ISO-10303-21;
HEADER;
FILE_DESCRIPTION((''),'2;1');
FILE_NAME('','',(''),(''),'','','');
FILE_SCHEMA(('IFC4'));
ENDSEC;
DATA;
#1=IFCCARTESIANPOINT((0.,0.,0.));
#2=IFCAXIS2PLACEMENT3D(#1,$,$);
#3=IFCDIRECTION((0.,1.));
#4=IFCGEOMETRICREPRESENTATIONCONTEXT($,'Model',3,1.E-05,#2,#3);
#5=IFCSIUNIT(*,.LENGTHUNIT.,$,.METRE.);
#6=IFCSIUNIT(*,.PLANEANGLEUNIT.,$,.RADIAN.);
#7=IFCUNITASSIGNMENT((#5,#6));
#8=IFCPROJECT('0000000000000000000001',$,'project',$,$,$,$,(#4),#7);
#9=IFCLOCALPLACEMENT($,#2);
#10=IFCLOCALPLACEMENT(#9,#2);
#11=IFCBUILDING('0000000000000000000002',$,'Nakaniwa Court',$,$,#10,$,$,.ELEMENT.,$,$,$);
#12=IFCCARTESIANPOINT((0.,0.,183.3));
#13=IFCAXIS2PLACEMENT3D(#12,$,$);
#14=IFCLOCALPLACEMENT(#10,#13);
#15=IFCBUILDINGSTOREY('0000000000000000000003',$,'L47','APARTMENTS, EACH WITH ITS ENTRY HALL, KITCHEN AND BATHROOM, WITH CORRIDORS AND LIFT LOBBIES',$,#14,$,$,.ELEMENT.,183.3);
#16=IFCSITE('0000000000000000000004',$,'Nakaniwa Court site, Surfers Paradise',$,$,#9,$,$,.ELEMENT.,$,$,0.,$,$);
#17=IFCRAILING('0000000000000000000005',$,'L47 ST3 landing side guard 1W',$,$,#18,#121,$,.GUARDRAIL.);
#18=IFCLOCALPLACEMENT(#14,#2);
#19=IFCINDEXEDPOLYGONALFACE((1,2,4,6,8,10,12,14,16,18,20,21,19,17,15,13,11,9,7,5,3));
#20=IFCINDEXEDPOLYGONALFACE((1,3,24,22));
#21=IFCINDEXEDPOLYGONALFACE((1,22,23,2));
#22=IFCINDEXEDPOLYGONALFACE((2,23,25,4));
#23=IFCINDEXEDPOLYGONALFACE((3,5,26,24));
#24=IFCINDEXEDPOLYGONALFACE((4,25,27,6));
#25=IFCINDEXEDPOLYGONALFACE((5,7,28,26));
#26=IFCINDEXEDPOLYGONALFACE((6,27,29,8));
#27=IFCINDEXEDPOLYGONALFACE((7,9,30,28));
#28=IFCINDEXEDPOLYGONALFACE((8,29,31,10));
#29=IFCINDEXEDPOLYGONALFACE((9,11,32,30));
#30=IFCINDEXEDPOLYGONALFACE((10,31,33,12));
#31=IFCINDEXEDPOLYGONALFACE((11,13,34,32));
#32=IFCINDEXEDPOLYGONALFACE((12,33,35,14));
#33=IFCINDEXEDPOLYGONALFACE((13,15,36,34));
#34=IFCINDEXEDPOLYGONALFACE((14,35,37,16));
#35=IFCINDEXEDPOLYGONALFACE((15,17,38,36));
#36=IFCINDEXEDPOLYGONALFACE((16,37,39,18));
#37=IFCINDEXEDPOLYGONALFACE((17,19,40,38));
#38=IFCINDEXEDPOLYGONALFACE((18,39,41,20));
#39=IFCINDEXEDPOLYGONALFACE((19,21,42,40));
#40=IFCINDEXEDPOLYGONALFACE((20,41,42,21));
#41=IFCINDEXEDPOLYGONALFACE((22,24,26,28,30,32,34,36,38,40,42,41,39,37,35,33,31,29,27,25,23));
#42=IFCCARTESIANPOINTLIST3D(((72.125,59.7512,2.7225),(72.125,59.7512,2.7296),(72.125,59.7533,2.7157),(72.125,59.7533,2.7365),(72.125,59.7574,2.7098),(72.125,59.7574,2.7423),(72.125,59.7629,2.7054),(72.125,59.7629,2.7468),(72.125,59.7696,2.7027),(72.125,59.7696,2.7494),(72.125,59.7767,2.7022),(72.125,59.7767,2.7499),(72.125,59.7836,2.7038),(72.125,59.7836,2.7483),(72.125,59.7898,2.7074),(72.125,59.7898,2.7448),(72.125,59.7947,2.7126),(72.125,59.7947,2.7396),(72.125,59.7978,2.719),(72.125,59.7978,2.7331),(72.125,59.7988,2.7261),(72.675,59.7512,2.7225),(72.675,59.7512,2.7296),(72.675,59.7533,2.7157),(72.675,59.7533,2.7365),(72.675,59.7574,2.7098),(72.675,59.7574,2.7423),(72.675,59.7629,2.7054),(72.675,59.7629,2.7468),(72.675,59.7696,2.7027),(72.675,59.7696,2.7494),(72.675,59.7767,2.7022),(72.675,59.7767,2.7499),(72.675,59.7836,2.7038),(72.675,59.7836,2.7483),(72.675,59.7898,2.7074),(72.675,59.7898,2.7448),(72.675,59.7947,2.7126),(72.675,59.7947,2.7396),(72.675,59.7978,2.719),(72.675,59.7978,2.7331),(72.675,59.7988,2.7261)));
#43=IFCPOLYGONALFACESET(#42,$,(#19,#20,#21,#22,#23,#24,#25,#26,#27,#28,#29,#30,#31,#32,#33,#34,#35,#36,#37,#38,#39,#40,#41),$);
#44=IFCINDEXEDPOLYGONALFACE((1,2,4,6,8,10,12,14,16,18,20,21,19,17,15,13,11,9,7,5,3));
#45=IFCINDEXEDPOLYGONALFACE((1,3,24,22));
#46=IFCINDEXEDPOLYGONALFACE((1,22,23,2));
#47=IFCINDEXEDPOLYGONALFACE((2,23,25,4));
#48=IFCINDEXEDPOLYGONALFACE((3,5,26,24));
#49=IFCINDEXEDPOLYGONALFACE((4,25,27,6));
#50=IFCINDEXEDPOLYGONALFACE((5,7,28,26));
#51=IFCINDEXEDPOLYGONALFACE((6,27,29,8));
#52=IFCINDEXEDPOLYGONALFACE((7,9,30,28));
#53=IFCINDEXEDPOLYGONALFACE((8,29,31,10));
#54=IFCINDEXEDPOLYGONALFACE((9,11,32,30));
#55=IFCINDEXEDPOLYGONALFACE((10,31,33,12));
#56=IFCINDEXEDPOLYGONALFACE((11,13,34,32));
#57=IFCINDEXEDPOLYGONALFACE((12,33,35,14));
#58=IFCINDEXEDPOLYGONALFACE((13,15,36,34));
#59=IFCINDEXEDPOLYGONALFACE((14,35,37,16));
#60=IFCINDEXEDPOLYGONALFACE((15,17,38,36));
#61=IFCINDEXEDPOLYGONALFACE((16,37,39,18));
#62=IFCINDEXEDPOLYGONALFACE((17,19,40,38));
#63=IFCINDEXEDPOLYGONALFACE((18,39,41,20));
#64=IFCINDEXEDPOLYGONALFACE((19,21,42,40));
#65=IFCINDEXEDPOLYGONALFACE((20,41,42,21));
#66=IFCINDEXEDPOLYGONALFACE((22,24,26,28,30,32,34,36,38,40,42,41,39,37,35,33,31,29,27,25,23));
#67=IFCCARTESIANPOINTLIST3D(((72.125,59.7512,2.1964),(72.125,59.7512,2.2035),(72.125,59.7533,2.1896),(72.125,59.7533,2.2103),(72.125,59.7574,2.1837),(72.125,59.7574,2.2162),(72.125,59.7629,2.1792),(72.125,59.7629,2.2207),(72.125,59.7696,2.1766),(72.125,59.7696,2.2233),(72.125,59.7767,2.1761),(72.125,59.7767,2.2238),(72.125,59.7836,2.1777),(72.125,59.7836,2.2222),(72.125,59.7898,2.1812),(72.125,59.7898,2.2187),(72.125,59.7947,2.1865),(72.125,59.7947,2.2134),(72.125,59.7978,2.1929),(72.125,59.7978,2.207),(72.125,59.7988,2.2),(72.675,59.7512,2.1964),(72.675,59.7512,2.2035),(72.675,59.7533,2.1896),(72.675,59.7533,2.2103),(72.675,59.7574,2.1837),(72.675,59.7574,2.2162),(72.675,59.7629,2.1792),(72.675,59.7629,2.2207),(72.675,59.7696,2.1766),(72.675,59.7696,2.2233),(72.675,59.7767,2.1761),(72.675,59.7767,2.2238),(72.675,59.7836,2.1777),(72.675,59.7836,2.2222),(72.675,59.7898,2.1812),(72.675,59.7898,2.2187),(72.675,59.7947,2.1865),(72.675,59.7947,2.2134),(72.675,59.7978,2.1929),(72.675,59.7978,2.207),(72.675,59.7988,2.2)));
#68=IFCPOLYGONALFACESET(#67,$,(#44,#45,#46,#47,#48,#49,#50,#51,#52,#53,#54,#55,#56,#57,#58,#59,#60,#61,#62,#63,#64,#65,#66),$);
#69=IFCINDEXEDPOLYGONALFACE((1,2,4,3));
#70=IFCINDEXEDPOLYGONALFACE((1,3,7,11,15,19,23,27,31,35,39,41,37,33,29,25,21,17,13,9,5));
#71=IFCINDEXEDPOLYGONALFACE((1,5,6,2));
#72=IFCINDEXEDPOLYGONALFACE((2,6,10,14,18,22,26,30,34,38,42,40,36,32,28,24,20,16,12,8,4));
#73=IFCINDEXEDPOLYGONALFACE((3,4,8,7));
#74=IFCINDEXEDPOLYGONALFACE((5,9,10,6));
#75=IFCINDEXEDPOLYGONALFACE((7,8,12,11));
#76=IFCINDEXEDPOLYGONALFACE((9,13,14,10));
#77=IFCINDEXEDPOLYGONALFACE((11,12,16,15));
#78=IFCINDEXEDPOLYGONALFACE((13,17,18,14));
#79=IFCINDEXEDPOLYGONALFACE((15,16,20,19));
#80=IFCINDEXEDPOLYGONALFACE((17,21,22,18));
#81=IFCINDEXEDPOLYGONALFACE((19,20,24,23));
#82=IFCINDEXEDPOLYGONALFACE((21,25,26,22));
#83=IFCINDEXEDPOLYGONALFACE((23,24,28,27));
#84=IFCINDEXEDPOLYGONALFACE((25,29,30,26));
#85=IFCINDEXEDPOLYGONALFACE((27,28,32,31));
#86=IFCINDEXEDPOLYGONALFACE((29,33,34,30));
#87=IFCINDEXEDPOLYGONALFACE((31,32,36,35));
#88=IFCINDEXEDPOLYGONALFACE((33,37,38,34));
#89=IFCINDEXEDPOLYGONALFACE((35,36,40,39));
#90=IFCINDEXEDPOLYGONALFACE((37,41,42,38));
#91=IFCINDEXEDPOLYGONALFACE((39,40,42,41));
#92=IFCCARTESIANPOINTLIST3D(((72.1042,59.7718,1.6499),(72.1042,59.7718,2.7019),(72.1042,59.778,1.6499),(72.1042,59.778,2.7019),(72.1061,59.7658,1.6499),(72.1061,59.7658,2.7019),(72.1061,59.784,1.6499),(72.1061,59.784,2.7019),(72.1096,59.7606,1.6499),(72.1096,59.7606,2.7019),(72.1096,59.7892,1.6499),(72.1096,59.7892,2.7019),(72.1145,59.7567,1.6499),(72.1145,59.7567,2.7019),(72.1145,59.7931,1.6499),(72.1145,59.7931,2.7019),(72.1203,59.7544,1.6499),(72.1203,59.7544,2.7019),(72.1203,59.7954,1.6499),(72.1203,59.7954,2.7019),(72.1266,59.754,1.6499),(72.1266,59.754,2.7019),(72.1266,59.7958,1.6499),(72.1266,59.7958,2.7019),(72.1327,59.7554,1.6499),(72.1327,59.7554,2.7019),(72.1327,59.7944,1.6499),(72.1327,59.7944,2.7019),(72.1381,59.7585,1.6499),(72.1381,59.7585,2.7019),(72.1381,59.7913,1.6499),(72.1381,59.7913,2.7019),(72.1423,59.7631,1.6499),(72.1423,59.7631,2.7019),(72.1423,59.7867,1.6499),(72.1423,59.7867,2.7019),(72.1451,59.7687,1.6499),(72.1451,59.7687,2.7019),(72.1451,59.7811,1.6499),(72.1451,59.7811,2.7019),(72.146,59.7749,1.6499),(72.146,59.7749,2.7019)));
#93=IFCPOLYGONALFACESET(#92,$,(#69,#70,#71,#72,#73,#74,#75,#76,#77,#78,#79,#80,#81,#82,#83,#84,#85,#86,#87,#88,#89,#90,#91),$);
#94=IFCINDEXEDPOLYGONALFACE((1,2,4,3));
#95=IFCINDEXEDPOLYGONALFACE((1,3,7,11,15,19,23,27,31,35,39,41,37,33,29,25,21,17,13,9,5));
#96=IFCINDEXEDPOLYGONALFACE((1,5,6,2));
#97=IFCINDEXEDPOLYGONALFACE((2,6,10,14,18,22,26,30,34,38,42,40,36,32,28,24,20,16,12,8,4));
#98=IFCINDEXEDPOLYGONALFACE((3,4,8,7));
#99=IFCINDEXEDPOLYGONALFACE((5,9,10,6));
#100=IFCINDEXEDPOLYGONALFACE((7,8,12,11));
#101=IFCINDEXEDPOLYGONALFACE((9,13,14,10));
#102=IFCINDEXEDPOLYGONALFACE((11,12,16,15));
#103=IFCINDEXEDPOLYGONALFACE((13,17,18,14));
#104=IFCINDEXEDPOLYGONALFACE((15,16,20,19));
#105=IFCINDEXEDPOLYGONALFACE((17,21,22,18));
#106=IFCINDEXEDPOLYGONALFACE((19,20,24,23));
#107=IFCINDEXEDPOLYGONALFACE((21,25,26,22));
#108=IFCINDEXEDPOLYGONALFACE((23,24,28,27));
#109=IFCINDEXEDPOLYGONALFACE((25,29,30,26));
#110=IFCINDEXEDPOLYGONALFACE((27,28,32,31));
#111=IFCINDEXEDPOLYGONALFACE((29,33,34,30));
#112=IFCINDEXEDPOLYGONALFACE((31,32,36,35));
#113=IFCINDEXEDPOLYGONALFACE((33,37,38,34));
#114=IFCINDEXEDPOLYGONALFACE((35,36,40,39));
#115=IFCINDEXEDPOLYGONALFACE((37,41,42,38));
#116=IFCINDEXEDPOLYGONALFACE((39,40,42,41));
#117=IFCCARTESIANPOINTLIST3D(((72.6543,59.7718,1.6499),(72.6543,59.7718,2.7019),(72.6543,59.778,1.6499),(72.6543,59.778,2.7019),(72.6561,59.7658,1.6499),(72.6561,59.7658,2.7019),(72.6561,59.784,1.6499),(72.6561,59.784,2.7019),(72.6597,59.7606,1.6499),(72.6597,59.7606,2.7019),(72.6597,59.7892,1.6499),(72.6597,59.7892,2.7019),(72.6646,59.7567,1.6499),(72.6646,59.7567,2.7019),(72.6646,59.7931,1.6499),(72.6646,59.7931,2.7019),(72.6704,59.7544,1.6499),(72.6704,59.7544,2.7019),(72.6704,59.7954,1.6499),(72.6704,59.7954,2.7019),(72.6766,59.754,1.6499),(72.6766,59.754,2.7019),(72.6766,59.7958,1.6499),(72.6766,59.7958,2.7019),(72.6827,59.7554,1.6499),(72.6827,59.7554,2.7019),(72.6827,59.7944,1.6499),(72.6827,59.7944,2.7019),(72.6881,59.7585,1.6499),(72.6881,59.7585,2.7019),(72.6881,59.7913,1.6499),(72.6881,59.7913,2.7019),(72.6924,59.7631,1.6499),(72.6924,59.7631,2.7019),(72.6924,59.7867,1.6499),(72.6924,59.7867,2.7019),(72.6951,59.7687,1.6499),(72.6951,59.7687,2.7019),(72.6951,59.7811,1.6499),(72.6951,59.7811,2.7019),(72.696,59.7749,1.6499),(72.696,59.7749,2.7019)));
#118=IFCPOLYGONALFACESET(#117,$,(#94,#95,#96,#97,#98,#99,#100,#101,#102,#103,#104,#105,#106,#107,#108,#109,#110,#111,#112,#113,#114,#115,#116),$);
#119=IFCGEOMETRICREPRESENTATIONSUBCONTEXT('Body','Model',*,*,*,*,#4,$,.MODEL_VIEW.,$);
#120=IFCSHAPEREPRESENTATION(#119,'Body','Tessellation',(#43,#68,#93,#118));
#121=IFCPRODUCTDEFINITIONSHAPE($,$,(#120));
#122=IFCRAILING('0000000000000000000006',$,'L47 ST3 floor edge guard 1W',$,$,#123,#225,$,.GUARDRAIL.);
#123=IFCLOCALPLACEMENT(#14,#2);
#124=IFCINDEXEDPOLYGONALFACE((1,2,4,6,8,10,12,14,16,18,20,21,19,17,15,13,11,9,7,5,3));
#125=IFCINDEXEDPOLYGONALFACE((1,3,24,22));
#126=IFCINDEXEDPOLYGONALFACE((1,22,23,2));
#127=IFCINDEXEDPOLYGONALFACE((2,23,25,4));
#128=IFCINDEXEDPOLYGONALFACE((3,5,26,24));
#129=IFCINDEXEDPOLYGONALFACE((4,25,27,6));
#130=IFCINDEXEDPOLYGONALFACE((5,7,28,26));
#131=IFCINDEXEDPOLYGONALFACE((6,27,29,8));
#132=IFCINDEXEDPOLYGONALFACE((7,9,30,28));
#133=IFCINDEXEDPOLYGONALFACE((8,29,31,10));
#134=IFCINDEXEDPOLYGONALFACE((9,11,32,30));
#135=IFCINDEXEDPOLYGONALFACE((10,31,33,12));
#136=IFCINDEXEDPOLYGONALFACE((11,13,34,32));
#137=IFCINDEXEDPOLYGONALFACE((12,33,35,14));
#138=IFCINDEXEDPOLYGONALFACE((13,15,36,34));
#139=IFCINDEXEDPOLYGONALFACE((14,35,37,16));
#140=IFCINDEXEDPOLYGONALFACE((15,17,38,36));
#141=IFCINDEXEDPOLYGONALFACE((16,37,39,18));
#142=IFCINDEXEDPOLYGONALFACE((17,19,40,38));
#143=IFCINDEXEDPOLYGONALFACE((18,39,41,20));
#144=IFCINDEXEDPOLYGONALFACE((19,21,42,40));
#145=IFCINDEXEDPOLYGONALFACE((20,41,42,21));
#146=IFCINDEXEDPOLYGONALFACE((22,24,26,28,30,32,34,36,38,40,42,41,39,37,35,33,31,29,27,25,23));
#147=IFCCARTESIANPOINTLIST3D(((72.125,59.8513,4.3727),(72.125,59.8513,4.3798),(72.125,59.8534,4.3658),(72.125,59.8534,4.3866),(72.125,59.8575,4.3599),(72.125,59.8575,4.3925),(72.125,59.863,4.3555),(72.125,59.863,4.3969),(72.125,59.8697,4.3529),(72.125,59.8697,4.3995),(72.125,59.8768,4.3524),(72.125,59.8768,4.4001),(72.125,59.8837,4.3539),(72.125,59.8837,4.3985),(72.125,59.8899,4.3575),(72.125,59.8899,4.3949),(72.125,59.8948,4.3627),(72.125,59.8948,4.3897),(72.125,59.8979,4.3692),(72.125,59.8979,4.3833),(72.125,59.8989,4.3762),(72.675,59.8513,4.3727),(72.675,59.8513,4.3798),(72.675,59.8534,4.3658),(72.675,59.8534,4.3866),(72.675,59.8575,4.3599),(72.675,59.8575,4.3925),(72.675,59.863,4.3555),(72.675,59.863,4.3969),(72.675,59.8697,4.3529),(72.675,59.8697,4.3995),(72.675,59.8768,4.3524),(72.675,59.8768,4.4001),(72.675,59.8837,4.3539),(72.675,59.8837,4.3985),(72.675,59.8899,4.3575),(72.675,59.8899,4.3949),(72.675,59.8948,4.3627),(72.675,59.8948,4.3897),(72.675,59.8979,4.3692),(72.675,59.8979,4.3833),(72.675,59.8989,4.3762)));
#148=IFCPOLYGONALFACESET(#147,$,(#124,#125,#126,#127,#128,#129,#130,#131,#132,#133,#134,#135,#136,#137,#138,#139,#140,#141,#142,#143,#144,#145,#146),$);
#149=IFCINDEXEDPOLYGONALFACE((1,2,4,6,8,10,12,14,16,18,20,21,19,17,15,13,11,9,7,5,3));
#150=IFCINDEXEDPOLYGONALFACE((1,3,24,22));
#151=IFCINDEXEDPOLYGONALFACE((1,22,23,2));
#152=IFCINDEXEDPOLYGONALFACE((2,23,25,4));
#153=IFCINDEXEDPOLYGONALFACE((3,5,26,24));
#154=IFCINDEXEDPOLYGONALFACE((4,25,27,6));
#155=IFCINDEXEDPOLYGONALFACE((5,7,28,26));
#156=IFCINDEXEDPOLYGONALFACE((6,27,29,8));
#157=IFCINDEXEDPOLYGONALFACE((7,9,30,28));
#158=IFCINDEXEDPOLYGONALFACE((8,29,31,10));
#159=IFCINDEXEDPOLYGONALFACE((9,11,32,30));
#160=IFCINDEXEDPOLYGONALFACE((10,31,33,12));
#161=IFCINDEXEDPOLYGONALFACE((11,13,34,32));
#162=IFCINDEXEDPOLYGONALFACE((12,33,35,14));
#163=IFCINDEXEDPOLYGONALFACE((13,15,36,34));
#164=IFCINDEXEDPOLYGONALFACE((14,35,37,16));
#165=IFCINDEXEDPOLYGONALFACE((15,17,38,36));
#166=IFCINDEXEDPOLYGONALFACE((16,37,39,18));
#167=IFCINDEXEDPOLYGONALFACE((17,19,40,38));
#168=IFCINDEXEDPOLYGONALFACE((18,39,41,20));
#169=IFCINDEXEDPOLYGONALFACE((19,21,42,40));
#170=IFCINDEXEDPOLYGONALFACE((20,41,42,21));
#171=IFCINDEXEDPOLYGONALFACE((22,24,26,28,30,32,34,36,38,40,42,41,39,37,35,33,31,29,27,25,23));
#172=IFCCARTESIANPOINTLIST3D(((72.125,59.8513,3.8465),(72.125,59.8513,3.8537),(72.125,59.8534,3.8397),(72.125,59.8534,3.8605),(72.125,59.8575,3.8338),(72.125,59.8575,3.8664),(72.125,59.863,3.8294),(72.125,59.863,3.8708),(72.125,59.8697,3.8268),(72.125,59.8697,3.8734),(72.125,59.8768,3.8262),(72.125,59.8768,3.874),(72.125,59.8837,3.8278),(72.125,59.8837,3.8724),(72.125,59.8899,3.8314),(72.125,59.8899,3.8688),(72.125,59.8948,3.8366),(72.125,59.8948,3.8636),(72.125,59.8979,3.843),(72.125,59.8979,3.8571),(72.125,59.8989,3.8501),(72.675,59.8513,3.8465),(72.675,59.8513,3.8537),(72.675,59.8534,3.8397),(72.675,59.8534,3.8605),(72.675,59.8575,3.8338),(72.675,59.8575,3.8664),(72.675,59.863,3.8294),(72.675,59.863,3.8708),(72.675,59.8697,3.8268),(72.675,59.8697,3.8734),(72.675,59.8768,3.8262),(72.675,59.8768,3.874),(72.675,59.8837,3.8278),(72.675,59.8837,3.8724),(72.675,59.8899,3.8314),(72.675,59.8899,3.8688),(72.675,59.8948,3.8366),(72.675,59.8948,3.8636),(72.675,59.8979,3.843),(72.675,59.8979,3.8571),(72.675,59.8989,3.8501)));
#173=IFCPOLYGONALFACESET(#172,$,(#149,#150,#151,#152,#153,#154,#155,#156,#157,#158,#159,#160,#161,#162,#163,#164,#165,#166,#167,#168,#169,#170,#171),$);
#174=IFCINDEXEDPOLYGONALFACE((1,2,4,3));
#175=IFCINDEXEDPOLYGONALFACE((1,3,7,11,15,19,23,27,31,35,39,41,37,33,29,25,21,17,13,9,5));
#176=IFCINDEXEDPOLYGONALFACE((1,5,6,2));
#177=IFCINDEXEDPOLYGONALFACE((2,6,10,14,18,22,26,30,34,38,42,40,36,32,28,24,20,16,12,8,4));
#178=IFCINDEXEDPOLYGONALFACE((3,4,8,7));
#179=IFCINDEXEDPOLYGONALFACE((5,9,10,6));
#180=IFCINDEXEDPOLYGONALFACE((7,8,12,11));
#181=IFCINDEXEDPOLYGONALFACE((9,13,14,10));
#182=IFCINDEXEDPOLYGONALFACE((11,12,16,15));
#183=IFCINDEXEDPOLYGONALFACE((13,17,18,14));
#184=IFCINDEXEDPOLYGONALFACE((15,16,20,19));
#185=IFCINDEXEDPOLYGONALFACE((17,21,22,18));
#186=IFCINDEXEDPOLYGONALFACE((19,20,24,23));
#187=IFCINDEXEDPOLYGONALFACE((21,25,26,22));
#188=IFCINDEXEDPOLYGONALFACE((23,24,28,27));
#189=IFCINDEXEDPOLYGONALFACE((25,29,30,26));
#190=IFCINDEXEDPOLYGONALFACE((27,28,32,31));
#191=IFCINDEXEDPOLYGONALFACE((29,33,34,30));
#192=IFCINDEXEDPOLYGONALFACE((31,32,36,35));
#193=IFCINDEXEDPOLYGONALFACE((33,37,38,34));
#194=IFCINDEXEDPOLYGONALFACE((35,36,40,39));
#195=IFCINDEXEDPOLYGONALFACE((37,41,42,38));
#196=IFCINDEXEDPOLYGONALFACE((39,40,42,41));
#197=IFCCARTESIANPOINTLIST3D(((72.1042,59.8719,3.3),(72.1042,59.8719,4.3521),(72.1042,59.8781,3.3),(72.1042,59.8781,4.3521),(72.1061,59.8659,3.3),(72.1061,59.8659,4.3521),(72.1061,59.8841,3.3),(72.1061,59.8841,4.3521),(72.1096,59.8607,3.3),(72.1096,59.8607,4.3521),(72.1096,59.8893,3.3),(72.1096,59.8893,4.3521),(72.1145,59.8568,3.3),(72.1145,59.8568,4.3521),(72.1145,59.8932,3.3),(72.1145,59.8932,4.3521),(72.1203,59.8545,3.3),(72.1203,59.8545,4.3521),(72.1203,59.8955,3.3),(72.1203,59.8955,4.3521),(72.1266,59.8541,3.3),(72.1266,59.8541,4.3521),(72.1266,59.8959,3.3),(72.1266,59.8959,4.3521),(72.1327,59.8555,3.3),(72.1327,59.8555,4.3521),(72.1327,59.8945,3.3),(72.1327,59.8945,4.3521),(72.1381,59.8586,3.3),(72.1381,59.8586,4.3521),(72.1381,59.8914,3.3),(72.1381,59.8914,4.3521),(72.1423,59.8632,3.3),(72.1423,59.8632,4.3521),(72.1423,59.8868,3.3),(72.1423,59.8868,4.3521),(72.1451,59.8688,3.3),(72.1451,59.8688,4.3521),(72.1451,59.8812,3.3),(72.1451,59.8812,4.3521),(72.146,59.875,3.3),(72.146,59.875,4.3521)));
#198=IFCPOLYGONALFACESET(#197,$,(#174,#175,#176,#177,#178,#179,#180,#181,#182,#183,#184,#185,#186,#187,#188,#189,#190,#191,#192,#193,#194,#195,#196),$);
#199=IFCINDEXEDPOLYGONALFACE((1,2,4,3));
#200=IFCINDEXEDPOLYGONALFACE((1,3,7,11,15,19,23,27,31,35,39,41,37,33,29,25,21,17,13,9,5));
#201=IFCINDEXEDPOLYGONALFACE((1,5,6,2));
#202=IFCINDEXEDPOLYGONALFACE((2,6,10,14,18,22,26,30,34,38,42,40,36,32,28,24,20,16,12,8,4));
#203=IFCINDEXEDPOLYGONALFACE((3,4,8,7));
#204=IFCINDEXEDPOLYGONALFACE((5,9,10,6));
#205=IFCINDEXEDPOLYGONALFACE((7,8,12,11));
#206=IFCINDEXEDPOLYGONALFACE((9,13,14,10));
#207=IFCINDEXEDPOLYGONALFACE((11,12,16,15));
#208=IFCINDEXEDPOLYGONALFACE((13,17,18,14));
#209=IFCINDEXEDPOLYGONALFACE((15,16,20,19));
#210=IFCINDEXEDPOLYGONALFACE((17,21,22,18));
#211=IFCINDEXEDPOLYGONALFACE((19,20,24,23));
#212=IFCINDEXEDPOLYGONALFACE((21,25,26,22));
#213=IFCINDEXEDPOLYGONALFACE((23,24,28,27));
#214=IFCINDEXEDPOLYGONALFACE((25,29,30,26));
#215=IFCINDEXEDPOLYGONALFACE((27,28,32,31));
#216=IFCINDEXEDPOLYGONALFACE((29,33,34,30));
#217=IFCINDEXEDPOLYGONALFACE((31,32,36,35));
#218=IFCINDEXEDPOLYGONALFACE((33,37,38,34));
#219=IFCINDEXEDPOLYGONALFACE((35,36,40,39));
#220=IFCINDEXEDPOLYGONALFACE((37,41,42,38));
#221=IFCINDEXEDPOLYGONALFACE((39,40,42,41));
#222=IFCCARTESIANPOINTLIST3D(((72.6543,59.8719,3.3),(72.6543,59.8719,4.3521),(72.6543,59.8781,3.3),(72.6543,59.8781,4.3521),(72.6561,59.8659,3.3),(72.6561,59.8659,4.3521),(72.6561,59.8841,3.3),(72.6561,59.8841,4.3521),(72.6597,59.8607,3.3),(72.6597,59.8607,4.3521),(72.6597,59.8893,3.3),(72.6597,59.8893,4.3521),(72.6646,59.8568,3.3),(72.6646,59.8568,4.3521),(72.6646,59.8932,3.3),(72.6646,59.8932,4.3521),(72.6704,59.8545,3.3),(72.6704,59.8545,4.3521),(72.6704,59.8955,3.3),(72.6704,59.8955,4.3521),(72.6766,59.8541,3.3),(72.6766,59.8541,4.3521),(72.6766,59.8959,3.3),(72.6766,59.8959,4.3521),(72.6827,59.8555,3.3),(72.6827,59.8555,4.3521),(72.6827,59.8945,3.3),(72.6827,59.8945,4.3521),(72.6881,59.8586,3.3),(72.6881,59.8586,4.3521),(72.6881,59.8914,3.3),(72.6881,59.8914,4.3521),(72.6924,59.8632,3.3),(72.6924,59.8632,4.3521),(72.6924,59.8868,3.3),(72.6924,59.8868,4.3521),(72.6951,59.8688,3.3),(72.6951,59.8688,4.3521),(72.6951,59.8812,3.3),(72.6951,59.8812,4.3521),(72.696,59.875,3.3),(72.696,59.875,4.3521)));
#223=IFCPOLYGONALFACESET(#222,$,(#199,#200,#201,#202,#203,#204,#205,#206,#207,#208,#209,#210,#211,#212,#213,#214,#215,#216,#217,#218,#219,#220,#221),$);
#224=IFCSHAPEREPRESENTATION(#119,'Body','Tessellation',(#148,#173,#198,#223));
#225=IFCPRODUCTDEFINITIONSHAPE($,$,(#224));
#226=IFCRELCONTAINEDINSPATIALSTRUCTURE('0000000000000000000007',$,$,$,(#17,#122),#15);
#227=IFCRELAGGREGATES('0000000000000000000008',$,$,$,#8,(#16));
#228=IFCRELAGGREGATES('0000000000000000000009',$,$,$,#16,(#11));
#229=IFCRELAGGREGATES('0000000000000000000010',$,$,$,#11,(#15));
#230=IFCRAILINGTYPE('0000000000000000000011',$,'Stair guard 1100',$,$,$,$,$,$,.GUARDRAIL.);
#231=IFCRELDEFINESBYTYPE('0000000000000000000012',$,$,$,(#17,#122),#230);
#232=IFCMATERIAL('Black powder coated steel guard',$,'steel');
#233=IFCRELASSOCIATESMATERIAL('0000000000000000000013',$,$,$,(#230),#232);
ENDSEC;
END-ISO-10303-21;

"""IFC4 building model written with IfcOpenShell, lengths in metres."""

from ifc_helpers import new_model, si_unit, direction, frame, origin, origin_2d, place, context, subcontext, project, spatial, circle, extrude, material, type_object, element, save


model = new_model("IFC4")

# Units and contexts
model_context = context("Model", 3, precision=1e-05, world=origin(), true_north=direction((0.0, 1.0)))
body_context = subcontext(model_context, "Body", "Model", "MODEL_VIEW")
ifc_project = project(units=[si_unit("LENGTHUNIT", "METRE"), si_unit("PLANEANGLEUNIT", "RADIAN")], contexts=[model_context])

# Site, building, storey
site_placement = place(None, origin())
site = spatial("IfcSite", under=ifc_project, at=site_placement, Name="Nakaniwa Court site, Surfers Paradise", CompositionType="ELEMENT", RefElevation=0.0)
building_placement = place(site_placement, origin())
building = spatial("IfcBuilding", under=site, at=building_placement, Name="Nakaniwa Court", CompositionType="ELEMENT")
storey_placement = place(building_placement, frame((0.0, 0.0, 183.3)))
storey = spatial("IfcBuildingStorey", under=building, at=storey_placement, Name="L47", Description="APARTMENTS, EACH WITH ITS ENTRY HALL, KITCHEN AND BATHROOM, WITH CORRIDORS AND LIFT LOBBIES", CompositionType="ELEMENT", Elevation=183.3)

# Railings
ifc_material_1 = material(Name="Black powder coated steel guard", Category="steel")
railing_type_1 = type_object("IfcRailingType", Name="Stair guard 1100", PredefinedType="GUARDRAIL", material=ifc_material_1)
for number, where, name in (
    (1, (72.125, 59.7749, 1.6499), "L47 ST3 landing side guard 1W"),
    (2, (72.125, 59.875, 3.3), "L47 ST3 floor edge guard 1W"),
):
    element("IfcRailing", number, at=place(storey_placement, frame(where)), inside=storey, type_object=railing_type_1, Name=name, PredefinedType="GUARDRAIL", context=body_context, shape_type="SweptSolid", body=[
        extrude(circle(Radius=0.0239, at=origin_2d()), frame((0.0, 0.0, 1.0762), z_axis=(1.0, 0.0, 0.0), x_axis=(0.0, 1.0, 0.0)), (0.0, 0.0, 1.0), 0.55),
        extrude(circle(Radius=0.0239, at=origin_2d()), frame((0.0, 0.0, 0.55), z_axis=(1.0, 0.0, 0.0), x_axis=(0.0, 1.0, 0.0)), (0.0, 0.0, 1.0), 0.55),
        extrude(circle(Radius=0.021, at=origin_2d()), origin(), (0.0, 0.0, 1.0), 1.052),
        extrude(circle(Radius=0.021, at=origin_2d()), frame((0.55, 0.0, 0.0)), (0.0, 0.0, 1.0), 1.052),
    ])

save(model, "model.ifc")
